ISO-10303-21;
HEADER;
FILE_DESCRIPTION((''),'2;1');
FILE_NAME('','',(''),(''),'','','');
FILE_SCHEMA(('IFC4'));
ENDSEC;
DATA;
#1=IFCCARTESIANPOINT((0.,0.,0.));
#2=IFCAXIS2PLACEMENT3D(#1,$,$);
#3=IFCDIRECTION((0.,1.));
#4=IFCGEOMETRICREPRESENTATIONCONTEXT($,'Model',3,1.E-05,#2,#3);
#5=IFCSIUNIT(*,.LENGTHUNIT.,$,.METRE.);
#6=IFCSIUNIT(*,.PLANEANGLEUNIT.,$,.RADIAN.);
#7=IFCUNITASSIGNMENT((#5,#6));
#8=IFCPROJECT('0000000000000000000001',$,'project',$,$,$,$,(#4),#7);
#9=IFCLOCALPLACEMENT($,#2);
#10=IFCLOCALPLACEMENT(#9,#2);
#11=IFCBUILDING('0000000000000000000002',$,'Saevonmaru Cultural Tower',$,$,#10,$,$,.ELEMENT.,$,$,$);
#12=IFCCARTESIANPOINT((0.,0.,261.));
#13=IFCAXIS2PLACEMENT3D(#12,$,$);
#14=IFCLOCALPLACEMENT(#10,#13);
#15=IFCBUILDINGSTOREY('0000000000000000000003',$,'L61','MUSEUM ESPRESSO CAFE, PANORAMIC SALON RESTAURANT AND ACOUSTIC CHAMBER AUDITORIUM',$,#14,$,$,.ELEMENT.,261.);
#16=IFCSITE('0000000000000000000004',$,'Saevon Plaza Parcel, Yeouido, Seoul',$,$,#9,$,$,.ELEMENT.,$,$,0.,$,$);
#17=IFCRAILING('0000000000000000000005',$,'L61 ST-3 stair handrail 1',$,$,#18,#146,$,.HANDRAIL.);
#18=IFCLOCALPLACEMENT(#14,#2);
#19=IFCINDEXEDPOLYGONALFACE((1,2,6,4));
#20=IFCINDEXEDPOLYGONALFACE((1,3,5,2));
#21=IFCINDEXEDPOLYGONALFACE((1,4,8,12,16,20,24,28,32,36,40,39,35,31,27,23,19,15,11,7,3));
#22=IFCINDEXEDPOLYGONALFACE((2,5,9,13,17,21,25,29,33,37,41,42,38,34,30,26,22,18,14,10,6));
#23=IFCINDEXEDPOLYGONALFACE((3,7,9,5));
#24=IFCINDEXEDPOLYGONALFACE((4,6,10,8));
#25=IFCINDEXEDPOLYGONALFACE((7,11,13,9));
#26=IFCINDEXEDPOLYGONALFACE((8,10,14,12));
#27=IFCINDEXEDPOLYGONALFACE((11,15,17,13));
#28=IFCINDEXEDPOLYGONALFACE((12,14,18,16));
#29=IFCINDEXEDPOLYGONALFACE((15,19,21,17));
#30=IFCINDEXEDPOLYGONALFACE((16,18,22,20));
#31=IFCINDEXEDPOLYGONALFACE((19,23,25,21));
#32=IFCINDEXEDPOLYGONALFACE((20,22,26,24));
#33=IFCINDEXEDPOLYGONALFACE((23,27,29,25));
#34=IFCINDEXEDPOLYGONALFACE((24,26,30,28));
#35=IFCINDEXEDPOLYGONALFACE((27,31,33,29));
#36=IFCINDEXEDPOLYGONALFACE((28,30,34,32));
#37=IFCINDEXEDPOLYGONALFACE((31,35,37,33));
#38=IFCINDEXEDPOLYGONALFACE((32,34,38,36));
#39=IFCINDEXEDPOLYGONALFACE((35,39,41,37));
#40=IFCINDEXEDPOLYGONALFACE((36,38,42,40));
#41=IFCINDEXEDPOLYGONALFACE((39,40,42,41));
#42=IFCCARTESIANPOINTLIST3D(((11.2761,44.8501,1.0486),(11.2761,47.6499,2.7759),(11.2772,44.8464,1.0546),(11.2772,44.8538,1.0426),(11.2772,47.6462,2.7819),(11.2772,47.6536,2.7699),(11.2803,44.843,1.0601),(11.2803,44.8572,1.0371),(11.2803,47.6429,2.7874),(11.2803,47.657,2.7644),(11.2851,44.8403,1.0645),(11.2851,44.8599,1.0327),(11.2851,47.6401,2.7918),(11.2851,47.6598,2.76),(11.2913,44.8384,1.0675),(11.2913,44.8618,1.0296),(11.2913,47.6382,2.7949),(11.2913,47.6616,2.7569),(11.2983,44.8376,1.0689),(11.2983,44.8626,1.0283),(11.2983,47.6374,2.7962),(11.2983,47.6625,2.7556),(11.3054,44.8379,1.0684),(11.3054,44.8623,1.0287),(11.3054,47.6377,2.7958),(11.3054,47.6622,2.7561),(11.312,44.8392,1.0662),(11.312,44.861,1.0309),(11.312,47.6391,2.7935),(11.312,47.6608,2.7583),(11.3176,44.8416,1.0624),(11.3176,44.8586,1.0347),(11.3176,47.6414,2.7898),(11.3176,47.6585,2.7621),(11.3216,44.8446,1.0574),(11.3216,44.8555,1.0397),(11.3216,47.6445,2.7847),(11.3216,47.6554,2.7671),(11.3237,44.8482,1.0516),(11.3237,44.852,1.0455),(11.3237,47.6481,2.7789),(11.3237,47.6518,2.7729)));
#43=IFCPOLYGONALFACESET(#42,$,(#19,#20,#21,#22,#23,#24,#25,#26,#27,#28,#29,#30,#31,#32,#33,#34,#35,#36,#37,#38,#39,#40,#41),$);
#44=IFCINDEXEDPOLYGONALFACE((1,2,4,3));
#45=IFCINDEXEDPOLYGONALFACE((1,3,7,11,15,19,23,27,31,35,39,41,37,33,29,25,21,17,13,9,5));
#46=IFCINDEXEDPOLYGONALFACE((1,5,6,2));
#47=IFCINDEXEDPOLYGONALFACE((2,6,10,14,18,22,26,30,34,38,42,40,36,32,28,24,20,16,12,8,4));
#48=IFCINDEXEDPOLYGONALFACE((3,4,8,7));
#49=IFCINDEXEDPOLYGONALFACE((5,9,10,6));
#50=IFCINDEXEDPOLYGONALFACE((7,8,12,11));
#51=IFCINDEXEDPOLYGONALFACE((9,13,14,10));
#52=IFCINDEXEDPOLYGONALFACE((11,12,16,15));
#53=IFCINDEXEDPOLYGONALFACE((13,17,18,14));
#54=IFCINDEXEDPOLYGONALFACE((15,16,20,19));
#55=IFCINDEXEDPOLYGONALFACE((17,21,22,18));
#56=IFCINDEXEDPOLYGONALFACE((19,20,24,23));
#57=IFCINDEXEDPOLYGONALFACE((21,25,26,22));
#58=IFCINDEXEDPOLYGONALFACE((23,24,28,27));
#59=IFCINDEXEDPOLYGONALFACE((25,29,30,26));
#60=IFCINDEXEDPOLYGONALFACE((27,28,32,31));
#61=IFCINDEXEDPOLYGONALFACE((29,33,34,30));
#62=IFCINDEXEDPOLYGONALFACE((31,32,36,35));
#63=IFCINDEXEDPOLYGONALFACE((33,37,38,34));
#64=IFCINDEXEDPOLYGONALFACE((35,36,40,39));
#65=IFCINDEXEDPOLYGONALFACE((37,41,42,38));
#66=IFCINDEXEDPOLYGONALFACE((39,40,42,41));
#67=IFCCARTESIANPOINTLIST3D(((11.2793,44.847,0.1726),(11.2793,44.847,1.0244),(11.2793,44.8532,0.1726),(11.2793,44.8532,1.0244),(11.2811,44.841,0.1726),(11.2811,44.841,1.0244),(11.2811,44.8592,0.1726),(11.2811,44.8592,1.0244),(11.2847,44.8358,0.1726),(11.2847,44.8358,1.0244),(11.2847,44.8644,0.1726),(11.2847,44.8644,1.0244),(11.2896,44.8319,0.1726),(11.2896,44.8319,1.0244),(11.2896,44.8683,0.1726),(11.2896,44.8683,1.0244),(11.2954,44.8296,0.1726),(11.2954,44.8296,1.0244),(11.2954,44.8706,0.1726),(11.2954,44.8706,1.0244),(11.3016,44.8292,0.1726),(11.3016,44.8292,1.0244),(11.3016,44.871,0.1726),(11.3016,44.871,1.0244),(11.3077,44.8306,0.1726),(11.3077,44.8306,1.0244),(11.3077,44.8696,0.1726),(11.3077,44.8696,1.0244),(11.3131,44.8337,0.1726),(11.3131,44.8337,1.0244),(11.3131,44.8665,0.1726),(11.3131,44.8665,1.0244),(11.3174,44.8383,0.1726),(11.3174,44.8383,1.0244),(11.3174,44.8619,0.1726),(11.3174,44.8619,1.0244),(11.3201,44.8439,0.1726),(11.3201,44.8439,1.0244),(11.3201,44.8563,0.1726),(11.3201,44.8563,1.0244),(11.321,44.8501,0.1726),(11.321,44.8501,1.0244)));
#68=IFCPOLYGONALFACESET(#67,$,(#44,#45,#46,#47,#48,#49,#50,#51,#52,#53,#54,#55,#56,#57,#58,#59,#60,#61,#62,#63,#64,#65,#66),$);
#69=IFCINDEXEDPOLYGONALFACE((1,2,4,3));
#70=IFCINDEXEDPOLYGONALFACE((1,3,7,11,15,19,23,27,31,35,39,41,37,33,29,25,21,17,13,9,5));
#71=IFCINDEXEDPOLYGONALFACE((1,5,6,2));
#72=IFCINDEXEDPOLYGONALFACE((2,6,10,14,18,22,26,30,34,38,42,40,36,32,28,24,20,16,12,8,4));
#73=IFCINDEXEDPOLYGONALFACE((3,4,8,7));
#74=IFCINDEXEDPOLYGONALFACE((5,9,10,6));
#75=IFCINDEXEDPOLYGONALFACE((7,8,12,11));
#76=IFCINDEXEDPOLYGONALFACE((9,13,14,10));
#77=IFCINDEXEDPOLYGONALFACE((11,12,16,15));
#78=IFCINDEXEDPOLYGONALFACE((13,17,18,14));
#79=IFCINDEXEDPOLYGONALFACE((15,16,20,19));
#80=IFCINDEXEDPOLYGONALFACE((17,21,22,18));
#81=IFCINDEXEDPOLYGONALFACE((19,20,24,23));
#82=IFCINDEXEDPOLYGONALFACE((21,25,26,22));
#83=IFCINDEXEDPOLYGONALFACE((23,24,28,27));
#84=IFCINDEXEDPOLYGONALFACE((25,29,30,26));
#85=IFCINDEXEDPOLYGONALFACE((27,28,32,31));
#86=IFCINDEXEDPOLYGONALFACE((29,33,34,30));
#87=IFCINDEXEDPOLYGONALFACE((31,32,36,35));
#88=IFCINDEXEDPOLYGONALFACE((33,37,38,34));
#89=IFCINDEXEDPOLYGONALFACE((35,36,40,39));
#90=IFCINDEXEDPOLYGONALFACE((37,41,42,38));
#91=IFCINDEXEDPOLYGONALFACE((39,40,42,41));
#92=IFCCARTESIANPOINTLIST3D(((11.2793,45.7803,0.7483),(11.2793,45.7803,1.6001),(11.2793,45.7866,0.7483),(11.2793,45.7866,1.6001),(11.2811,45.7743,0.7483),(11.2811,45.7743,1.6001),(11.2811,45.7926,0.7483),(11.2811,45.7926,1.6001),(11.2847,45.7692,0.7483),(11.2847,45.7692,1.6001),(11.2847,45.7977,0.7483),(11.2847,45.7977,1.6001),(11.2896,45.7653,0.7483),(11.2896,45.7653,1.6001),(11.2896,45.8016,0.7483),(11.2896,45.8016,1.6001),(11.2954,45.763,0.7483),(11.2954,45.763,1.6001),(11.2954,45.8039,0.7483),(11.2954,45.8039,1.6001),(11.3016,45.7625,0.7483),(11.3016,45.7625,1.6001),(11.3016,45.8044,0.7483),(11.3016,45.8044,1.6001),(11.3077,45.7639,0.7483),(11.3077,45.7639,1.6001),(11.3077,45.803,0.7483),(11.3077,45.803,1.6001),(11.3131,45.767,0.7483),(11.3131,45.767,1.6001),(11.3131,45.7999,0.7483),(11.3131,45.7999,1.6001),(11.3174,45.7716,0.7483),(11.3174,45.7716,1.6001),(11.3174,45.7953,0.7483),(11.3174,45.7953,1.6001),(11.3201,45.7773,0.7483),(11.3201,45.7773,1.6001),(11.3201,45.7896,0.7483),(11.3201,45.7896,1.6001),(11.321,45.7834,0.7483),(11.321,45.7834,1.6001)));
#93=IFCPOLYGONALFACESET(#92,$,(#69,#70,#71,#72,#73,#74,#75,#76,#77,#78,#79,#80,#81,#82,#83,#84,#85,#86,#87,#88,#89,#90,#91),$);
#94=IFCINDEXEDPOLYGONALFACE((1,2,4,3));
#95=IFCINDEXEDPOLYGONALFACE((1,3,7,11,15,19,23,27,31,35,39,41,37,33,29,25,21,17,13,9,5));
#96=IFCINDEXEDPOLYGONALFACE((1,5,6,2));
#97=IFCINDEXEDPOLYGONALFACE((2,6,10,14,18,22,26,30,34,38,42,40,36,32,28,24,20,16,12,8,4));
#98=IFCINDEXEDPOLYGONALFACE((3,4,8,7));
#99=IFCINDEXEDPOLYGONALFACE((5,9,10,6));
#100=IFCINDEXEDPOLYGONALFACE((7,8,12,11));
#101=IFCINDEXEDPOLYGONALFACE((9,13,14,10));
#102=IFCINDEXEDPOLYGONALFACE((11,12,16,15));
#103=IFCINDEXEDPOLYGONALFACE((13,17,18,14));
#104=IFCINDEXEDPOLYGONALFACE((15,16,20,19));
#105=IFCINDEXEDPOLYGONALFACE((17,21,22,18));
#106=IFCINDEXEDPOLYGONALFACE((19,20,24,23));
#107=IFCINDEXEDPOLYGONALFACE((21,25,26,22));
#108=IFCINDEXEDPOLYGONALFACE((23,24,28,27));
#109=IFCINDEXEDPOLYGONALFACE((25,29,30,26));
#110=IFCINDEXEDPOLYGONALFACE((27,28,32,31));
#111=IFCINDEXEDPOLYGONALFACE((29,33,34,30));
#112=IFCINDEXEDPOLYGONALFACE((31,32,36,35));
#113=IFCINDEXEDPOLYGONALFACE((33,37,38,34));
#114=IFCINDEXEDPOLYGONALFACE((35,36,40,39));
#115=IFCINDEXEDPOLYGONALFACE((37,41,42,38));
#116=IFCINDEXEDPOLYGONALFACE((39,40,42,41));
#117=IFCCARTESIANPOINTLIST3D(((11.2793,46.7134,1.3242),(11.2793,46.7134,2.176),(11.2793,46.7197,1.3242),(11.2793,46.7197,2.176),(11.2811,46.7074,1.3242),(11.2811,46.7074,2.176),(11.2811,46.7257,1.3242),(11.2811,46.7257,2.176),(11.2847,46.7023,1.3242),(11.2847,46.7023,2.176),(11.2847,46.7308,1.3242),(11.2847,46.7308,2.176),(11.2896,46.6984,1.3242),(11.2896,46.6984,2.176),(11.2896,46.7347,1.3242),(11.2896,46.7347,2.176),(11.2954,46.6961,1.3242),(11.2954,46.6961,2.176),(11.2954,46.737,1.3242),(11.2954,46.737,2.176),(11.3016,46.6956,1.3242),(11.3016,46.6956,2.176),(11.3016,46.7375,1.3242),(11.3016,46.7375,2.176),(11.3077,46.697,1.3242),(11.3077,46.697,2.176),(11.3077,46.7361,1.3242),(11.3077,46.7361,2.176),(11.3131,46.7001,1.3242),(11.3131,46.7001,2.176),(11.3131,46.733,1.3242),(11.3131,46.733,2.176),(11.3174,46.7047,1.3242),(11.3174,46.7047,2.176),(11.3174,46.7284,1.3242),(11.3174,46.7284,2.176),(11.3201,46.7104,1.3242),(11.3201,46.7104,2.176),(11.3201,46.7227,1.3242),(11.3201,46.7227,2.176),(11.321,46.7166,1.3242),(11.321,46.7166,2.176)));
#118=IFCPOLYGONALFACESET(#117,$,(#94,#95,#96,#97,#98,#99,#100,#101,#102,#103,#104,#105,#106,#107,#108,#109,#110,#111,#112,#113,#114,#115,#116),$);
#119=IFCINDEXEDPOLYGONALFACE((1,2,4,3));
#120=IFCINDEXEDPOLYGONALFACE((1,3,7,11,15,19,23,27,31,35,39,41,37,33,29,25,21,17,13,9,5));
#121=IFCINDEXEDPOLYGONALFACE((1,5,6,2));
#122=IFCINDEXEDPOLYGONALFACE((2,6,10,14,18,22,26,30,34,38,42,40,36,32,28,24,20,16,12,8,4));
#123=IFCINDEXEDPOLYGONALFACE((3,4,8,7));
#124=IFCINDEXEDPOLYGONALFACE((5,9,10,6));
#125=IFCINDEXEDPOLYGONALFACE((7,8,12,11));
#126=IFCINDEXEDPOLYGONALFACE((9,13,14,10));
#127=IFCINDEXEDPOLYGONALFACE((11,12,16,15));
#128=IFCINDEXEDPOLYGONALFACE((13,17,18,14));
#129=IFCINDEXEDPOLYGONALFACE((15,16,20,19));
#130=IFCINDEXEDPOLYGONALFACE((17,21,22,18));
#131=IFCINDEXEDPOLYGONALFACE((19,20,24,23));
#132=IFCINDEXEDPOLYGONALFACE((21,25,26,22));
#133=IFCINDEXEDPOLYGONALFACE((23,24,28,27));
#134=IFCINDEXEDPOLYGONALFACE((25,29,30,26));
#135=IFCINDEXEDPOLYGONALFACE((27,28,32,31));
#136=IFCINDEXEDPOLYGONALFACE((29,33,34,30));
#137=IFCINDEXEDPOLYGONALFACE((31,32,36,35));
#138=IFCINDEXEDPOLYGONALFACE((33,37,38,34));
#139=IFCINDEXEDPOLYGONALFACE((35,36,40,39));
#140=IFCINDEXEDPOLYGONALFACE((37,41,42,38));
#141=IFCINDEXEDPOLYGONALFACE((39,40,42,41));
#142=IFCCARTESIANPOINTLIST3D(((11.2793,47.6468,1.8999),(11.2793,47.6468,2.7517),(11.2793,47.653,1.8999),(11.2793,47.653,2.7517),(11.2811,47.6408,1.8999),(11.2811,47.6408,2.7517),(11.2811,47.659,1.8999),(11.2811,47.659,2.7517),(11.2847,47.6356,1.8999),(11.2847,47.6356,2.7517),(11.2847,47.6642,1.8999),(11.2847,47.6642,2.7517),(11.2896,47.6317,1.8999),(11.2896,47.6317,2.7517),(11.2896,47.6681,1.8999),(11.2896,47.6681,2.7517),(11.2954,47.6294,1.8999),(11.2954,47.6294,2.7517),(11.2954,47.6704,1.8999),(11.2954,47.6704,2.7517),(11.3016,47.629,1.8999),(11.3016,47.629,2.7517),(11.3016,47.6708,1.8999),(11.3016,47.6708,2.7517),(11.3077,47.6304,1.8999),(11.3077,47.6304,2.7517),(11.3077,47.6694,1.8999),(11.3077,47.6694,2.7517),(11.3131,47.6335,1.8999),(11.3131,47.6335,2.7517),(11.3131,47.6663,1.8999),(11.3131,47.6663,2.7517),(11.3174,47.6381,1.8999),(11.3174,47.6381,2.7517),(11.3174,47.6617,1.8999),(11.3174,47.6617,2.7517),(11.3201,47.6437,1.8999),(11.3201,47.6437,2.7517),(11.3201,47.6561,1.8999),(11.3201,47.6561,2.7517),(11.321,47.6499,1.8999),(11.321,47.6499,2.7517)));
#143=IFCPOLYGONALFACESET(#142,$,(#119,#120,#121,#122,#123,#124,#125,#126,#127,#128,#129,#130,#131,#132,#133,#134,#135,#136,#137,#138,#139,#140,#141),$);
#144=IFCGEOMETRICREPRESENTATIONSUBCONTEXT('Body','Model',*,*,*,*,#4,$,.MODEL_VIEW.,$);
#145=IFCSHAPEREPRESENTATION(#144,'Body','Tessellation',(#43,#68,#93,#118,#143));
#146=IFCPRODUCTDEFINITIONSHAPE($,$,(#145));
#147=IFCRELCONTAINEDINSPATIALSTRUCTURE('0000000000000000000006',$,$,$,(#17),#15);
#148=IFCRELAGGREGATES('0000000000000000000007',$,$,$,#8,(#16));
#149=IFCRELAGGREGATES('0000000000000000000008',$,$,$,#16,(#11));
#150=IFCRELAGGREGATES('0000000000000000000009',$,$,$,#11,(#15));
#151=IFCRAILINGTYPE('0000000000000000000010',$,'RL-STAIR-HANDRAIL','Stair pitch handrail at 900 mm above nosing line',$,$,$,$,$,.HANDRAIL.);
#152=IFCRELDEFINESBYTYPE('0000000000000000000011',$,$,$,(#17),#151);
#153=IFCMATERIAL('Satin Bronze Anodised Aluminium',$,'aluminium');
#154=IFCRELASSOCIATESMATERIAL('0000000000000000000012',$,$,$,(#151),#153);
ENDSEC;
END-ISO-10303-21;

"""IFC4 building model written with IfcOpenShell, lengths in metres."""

from ifc_helpers import new_model, si_unit, direction, frame, origin, origin_2d, place, context, subcontext, project, spatial, circle, extrude, material, type_object, element, save


model = new_model("IFC4")

# Units and contexts
model_context = context("Model", 3, precision=1e-05, world=origin(), true_north=direction((0.0, 1.0)))
body_context = subcontext(model_context, "Body", "Model", "MODEL_VIEW")
ifc_project = project(units=[si_unit("LENGTHUNIT", "METRE"), si_unit("PLANEANGLEUNIT", "RADIAN")], contexts=[model_context])

# Site, building, storey
site_placement = place(None, origin())
site = spatial("IfcSite", under=ifc_project, at=site_placement, Name="Saevon Plaza Parcel, Yeouido, Seoul", CompositionType="ELEMENT", RefElevation=0.0)
building_placement = place(site_placement, origin())
building = spatial("IfcBuilding", under=site, at=building_placement, Name="Saevonmaru Cultural Tower", CompositionType="ELEMENT")
storey_placement = place(building_placement, frame((0.0, 0.0, 261.0)))
storey = spatial("IfcBuildingStorey", under=building, at=storey_placement, Name="L61", Description="MUSEUM ESPRESSO CAFE, PANORAMIC SALON RESTAURANT AND ACOUSTIC CHAMBER AUDITORIUM", CompositionType="ELEMENT", Elevation=261.0)

# Shared definitions
ifc_material_1 = material(Name="Satin Bronze Anodised Aluminium", Category="aluminium")

# Railing
railing_type_1 = type_object("IfcRailingType", Name="RL-STAIR-HANDRAIL", Description="Stair pitch handrail at 900 mm above nosing line", PredefinedType="HANDRAIL", material=ifc_material_1)
railing_1_placement = place(storey_placement, frame((11.3, 44.8501, 0.1726)))
element("IfcRailing", 1, at=railing_1_placement, inside=storey, type_object=railing_type_1, Name="L61 ST-3 stair handrail 1", PredefinedType="HANDRAIL", context=body_context, shape_type="SweptSolid", body=[
    extrude(circle(Radius=0.0239, at=origin_2d()), frame((0.0, 0.0, 0.876), z_axis=(0.0, 0.851069, 0.525054), x_axis=(-1.0, 0.0, 0.0)), (0.0, 0.0, 1.0), 3.2898),
    extrude(circle(Radius=0.021, at=origin_2d()), origin(), (0.0, 0.0, 1.0), 0.8518),
    extrude(circle(Radius=0.021, at=origin_2d()), frame((0.0, 0.9333, 0.5757)), (0.0, 0.0, 1.0), 0.8518),
    extrude(circle(Radius=0.021, at=origin_2d()), frame((0.0, 1.8665, 1.1516)), (0.0, 0.0, 1.0), 0.8518),
    extrude(circle(Radius=0.021, at=origin_2d()), frame((0.0, 2.7998, 1.7273)), (0.0, 0.0, 1.0), 0.8518),
])

save(model, "model.ifc")
